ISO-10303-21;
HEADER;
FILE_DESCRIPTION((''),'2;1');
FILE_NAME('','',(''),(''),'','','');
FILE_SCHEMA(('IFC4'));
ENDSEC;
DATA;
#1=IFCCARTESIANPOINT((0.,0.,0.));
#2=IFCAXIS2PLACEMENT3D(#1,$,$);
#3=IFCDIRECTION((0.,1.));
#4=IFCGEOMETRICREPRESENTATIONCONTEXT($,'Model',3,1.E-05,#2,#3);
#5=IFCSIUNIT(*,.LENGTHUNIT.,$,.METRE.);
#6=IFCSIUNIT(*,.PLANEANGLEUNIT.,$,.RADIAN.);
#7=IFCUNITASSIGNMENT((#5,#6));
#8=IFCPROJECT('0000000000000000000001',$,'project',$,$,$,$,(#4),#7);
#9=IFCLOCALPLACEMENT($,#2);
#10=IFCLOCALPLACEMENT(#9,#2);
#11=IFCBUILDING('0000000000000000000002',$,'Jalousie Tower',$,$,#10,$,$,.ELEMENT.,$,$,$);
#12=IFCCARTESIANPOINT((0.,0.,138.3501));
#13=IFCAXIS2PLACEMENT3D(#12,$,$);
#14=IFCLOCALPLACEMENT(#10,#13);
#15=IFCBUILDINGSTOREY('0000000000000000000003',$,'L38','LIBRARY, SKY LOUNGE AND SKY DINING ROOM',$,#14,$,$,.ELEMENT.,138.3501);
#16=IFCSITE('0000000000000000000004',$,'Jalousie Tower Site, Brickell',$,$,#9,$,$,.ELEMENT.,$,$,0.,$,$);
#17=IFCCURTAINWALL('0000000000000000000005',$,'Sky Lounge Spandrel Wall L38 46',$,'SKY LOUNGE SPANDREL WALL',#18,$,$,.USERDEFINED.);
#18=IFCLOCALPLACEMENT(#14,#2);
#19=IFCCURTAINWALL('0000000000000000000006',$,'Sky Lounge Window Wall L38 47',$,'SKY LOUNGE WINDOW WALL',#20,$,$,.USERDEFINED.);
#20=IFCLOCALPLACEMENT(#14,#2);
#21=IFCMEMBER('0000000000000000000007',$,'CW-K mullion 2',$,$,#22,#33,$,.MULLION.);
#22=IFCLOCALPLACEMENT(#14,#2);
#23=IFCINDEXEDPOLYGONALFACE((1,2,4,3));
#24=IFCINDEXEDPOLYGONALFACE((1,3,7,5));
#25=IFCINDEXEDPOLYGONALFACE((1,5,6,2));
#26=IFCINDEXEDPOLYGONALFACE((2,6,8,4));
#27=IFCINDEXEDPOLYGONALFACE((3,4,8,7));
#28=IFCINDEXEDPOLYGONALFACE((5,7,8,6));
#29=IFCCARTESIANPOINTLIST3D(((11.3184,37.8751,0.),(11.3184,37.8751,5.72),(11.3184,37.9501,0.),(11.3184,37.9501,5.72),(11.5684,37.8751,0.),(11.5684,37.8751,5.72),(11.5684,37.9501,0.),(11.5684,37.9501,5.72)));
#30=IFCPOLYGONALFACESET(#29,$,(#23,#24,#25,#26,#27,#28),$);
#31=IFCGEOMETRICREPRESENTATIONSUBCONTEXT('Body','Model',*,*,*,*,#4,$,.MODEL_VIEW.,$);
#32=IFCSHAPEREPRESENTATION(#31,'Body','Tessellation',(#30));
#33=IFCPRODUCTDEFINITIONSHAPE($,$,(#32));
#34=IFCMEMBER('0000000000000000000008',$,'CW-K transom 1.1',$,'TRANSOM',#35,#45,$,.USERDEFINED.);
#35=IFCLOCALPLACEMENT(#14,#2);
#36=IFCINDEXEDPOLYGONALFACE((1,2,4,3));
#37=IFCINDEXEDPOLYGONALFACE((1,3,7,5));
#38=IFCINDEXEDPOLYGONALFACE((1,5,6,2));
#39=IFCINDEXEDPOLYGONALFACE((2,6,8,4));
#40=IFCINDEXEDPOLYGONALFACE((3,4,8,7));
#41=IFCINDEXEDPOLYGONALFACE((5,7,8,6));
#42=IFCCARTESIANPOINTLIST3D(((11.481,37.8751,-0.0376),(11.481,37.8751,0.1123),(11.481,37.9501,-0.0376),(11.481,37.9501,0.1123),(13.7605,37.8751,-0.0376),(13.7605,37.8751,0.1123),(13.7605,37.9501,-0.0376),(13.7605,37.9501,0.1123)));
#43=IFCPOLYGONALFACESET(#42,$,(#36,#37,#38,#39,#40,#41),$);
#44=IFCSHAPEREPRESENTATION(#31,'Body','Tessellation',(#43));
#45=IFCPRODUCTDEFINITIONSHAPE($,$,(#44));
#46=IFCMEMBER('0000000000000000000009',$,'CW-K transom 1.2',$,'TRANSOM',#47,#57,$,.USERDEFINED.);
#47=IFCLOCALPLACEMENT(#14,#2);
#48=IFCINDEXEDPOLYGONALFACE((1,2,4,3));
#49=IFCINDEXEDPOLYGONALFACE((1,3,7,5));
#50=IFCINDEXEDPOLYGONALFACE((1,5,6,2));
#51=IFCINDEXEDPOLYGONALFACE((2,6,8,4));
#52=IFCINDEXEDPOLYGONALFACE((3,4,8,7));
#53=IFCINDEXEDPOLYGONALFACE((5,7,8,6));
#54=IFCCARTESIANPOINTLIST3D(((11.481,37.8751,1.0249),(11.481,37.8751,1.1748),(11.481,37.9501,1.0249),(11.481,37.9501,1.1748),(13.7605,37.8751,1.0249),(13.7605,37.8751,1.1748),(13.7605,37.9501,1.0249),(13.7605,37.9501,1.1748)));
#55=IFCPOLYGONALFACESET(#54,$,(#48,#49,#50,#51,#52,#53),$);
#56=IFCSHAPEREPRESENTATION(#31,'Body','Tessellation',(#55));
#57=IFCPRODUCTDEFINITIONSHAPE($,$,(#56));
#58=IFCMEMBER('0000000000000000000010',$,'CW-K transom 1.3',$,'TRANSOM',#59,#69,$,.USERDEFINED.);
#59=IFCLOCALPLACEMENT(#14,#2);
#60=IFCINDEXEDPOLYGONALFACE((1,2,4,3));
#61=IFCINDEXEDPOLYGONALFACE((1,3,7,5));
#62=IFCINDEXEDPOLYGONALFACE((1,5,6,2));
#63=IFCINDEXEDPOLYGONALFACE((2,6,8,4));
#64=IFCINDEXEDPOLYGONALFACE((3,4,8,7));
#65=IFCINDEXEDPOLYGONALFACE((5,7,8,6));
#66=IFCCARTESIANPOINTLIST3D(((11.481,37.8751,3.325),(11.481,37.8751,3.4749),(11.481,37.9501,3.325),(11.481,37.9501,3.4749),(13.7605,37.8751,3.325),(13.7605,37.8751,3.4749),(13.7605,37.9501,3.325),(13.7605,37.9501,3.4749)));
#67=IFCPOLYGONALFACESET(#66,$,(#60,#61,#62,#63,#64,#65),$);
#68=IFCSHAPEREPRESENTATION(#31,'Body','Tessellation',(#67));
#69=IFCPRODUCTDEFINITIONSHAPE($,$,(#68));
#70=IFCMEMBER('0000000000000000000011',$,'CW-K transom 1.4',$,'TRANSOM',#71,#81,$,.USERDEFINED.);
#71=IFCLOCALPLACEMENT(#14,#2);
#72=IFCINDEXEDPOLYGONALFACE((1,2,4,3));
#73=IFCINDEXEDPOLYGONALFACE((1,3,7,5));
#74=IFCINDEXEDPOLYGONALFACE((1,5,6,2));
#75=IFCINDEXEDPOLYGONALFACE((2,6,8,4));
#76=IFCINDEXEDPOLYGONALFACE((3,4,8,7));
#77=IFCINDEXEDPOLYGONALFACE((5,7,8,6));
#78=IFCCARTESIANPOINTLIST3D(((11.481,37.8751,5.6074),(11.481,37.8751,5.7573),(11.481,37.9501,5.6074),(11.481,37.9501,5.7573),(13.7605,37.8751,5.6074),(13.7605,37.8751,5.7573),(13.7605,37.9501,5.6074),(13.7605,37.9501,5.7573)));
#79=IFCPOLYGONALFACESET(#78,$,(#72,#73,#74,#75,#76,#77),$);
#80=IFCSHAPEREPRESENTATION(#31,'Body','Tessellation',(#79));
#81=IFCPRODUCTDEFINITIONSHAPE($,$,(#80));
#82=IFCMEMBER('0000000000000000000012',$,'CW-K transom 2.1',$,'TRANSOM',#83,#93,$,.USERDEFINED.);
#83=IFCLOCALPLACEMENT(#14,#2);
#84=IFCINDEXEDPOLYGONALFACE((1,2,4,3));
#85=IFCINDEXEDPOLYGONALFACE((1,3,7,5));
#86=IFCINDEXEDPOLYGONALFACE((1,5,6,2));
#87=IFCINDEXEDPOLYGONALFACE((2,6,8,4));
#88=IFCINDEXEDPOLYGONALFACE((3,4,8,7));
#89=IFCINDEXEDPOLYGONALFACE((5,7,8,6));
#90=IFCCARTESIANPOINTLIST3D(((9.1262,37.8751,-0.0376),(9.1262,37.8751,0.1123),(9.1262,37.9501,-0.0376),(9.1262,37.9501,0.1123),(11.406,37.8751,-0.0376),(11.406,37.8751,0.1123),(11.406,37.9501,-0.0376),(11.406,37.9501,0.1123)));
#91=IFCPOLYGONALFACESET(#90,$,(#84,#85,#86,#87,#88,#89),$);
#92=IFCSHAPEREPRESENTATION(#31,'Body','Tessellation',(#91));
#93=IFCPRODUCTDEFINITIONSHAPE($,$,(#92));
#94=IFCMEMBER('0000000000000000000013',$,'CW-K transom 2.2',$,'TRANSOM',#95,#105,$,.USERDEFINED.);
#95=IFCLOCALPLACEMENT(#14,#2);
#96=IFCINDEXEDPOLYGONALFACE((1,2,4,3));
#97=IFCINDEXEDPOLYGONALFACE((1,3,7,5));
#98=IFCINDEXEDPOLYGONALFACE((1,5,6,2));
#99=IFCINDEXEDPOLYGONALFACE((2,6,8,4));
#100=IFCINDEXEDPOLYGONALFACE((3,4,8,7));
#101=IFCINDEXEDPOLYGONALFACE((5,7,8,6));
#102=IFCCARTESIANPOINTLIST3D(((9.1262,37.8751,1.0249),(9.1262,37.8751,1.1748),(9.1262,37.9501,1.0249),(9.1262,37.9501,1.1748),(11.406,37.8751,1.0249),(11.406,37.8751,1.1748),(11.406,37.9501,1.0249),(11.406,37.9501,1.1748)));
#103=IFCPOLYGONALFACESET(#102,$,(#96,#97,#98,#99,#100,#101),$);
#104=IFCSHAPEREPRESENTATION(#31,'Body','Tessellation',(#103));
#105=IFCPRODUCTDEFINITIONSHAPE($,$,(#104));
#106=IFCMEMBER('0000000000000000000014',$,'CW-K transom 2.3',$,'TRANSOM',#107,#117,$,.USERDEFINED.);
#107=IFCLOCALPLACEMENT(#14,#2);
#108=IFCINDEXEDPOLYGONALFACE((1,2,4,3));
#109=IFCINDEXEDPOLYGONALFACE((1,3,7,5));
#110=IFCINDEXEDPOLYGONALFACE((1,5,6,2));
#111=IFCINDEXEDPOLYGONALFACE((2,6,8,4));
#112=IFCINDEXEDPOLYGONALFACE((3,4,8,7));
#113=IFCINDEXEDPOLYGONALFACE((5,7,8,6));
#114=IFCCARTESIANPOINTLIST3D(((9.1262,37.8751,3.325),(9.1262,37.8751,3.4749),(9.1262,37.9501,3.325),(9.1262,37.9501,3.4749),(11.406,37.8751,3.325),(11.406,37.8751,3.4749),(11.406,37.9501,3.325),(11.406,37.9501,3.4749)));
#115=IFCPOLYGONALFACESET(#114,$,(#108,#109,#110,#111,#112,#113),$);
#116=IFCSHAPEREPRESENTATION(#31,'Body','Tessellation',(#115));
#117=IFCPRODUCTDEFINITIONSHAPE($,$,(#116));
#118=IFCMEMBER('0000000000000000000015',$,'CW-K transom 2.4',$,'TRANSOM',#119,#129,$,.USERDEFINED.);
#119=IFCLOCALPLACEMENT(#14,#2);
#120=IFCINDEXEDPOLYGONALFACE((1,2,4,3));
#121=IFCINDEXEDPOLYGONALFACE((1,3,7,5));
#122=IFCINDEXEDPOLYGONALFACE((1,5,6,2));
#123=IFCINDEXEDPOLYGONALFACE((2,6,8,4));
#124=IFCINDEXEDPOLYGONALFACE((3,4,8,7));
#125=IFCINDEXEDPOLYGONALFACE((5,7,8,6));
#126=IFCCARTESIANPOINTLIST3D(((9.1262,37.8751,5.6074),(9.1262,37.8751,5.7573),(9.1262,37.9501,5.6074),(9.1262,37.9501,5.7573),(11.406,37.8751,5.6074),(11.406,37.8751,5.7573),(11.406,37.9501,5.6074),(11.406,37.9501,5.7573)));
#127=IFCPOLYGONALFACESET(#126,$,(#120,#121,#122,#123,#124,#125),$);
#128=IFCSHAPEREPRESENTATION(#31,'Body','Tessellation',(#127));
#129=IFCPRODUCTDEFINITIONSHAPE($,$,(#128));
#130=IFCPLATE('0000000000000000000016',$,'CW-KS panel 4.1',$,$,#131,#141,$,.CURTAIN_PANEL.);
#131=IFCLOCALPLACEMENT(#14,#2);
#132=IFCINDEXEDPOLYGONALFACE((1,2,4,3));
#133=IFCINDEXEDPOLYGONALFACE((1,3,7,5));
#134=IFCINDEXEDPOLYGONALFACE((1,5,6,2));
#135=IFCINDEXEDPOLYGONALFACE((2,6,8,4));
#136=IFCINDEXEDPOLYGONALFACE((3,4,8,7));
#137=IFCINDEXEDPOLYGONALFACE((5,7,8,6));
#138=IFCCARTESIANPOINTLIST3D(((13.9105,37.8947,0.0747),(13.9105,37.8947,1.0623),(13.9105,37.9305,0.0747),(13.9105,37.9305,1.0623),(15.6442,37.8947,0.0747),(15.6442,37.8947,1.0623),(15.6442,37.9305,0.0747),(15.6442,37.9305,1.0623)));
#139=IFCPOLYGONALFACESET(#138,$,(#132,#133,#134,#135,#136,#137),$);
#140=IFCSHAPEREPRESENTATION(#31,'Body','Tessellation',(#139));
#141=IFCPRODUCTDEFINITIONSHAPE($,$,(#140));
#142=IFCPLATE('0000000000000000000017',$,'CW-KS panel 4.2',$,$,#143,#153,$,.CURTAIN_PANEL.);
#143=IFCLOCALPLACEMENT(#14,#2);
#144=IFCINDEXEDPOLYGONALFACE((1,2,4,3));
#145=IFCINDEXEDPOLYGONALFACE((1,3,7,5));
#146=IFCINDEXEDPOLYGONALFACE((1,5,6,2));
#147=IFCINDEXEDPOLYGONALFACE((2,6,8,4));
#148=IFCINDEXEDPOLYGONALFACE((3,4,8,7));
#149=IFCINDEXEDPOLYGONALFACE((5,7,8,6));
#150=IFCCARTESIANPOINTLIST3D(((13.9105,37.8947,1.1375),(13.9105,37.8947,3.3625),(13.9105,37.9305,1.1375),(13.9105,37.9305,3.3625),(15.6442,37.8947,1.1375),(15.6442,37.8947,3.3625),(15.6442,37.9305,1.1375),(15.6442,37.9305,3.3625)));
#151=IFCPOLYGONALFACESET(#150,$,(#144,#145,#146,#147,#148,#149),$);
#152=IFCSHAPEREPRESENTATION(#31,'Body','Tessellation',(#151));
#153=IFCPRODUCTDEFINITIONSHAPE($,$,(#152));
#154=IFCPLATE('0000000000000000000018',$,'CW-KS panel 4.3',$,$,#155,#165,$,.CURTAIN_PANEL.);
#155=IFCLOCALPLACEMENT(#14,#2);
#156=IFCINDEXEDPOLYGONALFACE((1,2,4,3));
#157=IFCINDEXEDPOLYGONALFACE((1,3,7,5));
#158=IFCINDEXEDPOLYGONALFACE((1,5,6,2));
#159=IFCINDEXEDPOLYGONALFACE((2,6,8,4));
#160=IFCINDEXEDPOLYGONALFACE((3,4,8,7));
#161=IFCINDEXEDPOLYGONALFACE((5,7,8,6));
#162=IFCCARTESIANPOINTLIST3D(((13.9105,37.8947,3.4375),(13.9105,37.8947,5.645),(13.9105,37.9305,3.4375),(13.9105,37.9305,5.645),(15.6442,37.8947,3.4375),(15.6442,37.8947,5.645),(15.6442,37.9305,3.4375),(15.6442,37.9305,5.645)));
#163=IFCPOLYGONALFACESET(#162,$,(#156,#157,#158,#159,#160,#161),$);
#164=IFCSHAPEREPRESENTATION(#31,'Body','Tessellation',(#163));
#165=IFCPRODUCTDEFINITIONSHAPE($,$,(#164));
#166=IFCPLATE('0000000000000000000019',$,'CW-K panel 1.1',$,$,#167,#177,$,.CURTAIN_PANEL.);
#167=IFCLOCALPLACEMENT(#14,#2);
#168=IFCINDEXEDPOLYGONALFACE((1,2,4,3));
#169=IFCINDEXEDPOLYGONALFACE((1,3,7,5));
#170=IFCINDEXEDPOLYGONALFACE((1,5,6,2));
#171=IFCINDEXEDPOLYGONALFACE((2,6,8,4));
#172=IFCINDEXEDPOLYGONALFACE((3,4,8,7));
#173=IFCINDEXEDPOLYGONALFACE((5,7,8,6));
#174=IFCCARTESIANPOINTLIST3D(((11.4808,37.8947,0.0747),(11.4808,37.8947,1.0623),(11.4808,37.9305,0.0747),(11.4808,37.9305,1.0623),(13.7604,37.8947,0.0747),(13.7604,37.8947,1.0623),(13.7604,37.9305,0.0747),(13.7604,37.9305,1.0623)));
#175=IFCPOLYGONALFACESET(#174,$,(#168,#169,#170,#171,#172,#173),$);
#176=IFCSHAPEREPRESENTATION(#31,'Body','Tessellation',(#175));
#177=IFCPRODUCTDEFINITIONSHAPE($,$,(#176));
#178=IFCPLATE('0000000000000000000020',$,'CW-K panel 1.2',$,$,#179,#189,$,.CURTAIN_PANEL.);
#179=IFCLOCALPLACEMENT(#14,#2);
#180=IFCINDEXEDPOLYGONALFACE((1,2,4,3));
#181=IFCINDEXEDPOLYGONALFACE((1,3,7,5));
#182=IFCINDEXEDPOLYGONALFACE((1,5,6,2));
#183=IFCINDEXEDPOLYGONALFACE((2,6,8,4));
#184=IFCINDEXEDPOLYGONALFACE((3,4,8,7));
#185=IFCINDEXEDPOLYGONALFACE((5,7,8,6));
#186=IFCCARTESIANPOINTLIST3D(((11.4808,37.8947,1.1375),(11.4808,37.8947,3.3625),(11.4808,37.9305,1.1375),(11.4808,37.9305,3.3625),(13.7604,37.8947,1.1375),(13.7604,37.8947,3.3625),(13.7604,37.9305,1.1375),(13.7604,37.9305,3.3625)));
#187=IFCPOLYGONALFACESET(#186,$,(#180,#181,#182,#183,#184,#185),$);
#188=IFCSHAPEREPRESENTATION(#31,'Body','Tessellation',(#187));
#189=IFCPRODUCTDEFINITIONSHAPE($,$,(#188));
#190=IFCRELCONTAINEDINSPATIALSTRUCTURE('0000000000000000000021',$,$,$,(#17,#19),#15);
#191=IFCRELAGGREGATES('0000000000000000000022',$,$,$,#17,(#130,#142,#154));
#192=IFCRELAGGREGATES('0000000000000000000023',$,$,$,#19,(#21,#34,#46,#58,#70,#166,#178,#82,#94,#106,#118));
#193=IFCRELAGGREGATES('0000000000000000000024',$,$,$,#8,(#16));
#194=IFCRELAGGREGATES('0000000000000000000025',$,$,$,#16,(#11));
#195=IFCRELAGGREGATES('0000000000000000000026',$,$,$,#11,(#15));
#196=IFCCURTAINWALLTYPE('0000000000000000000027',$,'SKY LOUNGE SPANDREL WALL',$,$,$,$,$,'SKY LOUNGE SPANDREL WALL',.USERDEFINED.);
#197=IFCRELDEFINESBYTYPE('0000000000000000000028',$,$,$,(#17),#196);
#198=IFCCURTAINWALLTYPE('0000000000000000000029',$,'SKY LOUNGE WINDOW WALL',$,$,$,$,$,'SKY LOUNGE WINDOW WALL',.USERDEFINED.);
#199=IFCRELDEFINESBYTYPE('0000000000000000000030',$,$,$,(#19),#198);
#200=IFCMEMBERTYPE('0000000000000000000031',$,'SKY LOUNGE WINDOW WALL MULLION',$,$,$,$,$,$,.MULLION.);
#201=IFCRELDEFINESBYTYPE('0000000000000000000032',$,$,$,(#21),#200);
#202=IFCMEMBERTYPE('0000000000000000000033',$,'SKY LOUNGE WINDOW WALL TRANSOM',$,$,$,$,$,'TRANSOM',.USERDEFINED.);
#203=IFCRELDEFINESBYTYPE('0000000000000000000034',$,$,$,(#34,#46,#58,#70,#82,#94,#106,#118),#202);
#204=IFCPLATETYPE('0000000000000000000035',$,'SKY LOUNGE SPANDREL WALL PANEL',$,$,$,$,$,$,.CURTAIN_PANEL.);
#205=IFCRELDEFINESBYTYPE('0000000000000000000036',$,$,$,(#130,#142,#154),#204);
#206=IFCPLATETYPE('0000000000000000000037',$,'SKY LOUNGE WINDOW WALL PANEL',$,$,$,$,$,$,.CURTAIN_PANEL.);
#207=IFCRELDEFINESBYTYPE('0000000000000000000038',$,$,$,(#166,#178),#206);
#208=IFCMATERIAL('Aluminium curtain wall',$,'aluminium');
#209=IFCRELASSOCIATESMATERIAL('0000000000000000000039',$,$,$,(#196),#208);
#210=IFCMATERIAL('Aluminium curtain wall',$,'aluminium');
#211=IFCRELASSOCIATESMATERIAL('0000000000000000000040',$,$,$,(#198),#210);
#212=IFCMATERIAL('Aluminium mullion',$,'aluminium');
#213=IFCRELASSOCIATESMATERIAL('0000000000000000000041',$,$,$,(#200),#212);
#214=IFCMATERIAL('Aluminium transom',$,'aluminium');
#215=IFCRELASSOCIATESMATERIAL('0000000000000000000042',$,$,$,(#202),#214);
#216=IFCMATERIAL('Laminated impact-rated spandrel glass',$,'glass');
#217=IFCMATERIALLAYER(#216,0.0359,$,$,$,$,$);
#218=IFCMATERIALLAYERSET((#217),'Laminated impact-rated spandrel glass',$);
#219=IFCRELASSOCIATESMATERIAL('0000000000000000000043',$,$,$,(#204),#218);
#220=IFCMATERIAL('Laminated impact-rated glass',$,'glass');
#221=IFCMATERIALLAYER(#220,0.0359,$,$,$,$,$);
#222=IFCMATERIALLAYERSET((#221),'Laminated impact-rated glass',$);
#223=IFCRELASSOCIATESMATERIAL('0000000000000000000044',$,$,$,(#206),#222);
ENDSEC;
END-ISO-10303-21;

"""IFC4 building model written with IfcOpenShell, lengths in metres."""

from ifc_helpers import new_model, si_unit, direction, frame, origin, origin_2d, place, context, subcontext, project, spatial, rectangle, extrude, material, layer, layer_set, material_profile, profile_set, type_object, element, aggregate, save


model = new_model("IFC4")

# Units and contexts
model_context = context("Model", 3, precision=1e-05, world=origin(), true_north=direction((0.0, 1.0)))
body_context = subcontext(model_context, "Body", "Model", "MODEL_VIEW")
ifc_project = project(units=[si_unit("LENGTHUNIT", "METRE"), si_unit("PLANEANGLEUNIT", "RADIAN")], contexts=[model_context])

# Site, building, storey
site_placement = place(None, origin())
site = spatial("IfcSite", under=ifc_project, at=site_placement, Name="Jalousie Tower Site, Brickell", CompositionType="ELEMENT", RefElevation=0.0)
building_placement = place(site_placement, origin())
building = spatial("IfcBuilding", under=site, at=building_placement, Name="Jalousie Tower", CompositionType="ELEMENT")
storey_placement = place(building_placement, frame((0.0, 0.0, 138.3501)))
storey = spatial("IfcBuildingStorey", under=building, at=storey_placement, Name="L38", Description="LIBRARY, SKY LOUNGE AND SKY DINING ROOM", CompositionType="ELEMENT", Elevation=138.3501)

# Curtain walls, members
ifc_material_1 = material(Name="Aluminium curtain wall", Category="aluminium")
curtain_wall_type_1 = type_object("IfcCurtainWallType", Name="SKY LOUNGE SPANDREL WALL", ElementType="SKY LOUNGE SPANDREL WALL", PredefinedType="USERDEFINED", material=ifc_material_1)
curtain_wall_1_placement = place(storey_placement, origin())
curtain_wall_1 = element("IfcCurtainWall", 1, at=curtain_wall_1_placement, inside=storey, type_object=curtain_wall_type_1, Name="Sky Lounge Spandrel Wall L38 46", ObjectType="SKY LOUNGE SPANDREL WALL", PredefinedType="USERDEFINED")
ifc_material_2 = material(Name="Aluminium curtain wall", Category="aluminium")
curtain_wall_type_2 = type_object("IfcCurtainWallType", Name="SKY LOUNGE WINDOW WALL", ElementType="SKY LOUNGE WINDOW WALL", PredefinedType="USERDEFINED", material=ifc_material_2)
curtain_wall_2_placement = place(storey_placement, origin())
curtain_wall_2 = element("IfcCurtainWall", 2, at=curtain_wall_2_placement, inside=storey, type_object=curtain_wall_type_2, Name="Sky Lounge Window Wall L38 47", ObjectType="SKY LOUNGE WINDOW WALL", PredefinedType="USERDEFINED")
ifc_material_3 = material(Name="Aluminium mullion", Category="aluminium")
ifc_material_profile_1 = material_profile(ifc_material_3, rectangle(XDim=0.075, YDim=0.25, at=origin_2d()), Name="MULLION 75x250")
ifc_profile_set_1 = profile_set([ifc_material_profile_1], Name="Aluminium mullion")
member_type_1 = type_object("IfcMemberType", Name="SKY LOUNGE WINDOW WALL MULLION", PredefinedType="MULLION", material=ifc_profile_set_1)
member_1_placement = place(storey_placement, frame((11.4434, 37.9126, 0.0), z_axis=(0.0, 0.0, 1.0), x_axis=(0.0, -1.0, 0.0)))
member_1 = element("IfcMember", 3, at=member_1_placement, type_object=member_type_1, Name="CW-K mullion 2", PredefinedType="MULLION", context=body_context, shape_type="SweptSolid", body=[
    extrude(rectangle(XDim=0.075, YDim=0.25, at=origin_2d()), origin(), (0.0, 0.0, 1.0), 5.72),
])
ifc_material_4 = material(Name="Aluminium transom", Category="aluminium")
ifc_material_profile_2 = material_profile(ifc_material_4, rectangle(XDim=0.075, YDim=0.1499, at=origin_2d()), Name="TRANSOM 75x150")
ifc_profile_set_2 = profile_set([ifc_material_profile_2], Name="Aluminium transom")
member_type_2 = type_object("IfcMemberType", Name="SKY LOUNGE WINDOW WALL TRANSOM", ElementType="TRANSOM", PredefinedType="USERDEFINED", material=ifc_profile_set_2)
member_2_placement = place(storey_placement, frame((13.7605, 37.9126, 0.0374), z_axis=(-1.0, 0.0, 0.0), x_axis=(0.0, -1.0, 0.0)))
member_2 = element("IfcMember", 4, at=member_2_placement, type_object=member_type_2, Name="CW-K transom 1.1", ObjectType="TRANSOM", PredefinedType="USERDEFINED", context=body_context, shape_type="SweptSolid", body=[
    extrude(rectangle(XDim=0.075, YDim=0.1499, at=origin_2d()), origin(), (0.0, 0.0, 1.0), 2.2795),
])
member_3_placement = place(storey_placement, frame((13.7605, 37.9126, 1.0999), z_axis=(-1.0, 0.0, 0.0), x_axis=(0.0, -1.0, 0.0)))
member_3 = element("IfcMember", 5, at=member_3_placement, type_object=member_type_2, Name="CW-K transom 1.2", ObjectType="TRANSOM", PredefinedType="USERDEFINED", context=body_context, shape_type="SweptSolid", body=[
    extrude(rectangle(XDim=0.075, YDim=0.1499, at=origin_2d()), origin(), (0.0, 0.0, 1.0), 2.2795),
])
member_4_placement = place(storey_placement, frame((13.7605, 37.9126, 3.3999), z_axis=(-1.0, 0.0, 0.0), x_axis=(0.0, -1.0, 0.0)))
member_4 = element("IfcMember", 6, at=member_4_placement, type_object=member_type_2, Name="CW-K transom 1.3", ObjectType="TRANSOM", PredefinedType="USERDEFINED", context=body_context, shape_type="SweptSolid", body=[
    extrude(rectangle(XDim=0.075, YDim=0.1499, at=origin_2d()), origin(), (0.0, 0.0, 1.0), 2.2795),
])
member_5_placement = place(storey_placement, frame((13.7605, 37.9126, 5.6824), z_axis=(-1.0, 0.0, 0.0), x_axis=(0.0, -1.0, 0.0)))
member_5 = element("IfcMember", 7, at=member_5_placement, type_object=member_type_2, Name="CW-K transom 1.4", ObjectType="TRANSOM", PredefinedType="USERDEFINED", context=body_context, shape_type="SweptSolid", body=[
    extrude(rectangle(XDim=0.075, YDim=0.1499, at=origin_2d()), origin(), (0.0, 0.0, 1.0), 2.2795),
])
member_6_placement = place(storey_placement, frame((11.406, 37.9126, 0.0374), z_axis=(-1.0, 0.0, 0.0), x_axis=(0.0, -1.0, 0.0)))
member_6 = element("IfcMember", 8, at=member_6_placement, type_object=member_type_2, Name="CW-K transom 2.1", ObjectType="TRANSOM", PredefinedType="USERDEFINED", context=body_context, shape_type="SweptSolid", body=[
    extrude(rectangle(XDim=0.075, YDim=0.1499, at=origin_2d()), origin(), (0.0, 0.0, 1.0), 2.2798),
])
member_7_placement = place(storey_placement, frame((11.406, 37.9126, 1.0999), z_axis=(-1.0, 0.0, 0.0), x_axis=(0.0, -1.0, 0.0)))
member_7 = element("IfcMember", 9, at=member_7_placement, type_object=member_type_2, Name="CW-K transom 2.2", ObjectType="TRANSOM", PredefinedType="USERDEFINED", context=body_context, shape_type="SweptSolid", body=[
    extrude(rectangle(XDim=0.075, YDim=0.1499, at=origin_2d()), origin(), (0.0, 0.0, 1.0), 2.2798),
])
member_8_placement = place(storey_placement, frame((11.406, 37.9126, 3.3999), z_axis=(-1.0, 0.0, 0.0), x_axis=(0.0, -1.0, 0.0)))
member_8 = element("IfcMember", 10, at=member_8_placement, type_object=member_type_2, Name="CW-K transom 2.3", ObjectType="TRANSOM", PredefinedType="USERDEFINED", context=body_context, shape_type="SweptSolid", body=[
    extrude(rectangle(XDim=0.075, YDim=0.1499, at=origin_2d()), origin(), (0.0, 0.0, 1.0), 2.2798),
])
member_9_placement = place(storey_placement, frame((11.406, 37.9126, 5.6824), z_axis=(-1.0, 0.0, 0.0), x_axis=(0.0, -1.0, 0.0)))
member_9 = element("IfcMember", 11, at=member_9_placement, type_object=member_type_2, Name="CW-K transom 2.4", ObjectType="TRANSOM", PredefinedType="USERDEFINED", context=body_context, shape_type="SweptSolid", body=[
    extrude(rectangle(XDim=0.075, YDim=0.1499, at=origin_2d()), origin(), (0.0, 0.0, 1.0), 2.2798),
])

# Plates
ifc_material_5 = material(Name="Laminated impact-rated spandrel glass", Category="glass")
ifc_layer_1 = layer(ifc_material_5, 0.0359)
ifc_layer_set_1 = layer_set([ifc_layer_1], Name="Laminated impact-rated spandrel glass")
plate_type_1 = type_object("IfcPlateType", Name="SKY LOUNGE SPANDREL WALL PANEL", PredefinedType="CURTAIN_PANEL", material=ifc_layer_set_1)
plate_1_placement = place(storey_placement, frame((14.7773, 37.9126, 0.0747), z_axis=(0.0, 0.0, 1.0), x_axis=(-1.0, 0.0, 0.0)))
plate_1 = element("IfcPlate", 12, at=plate_1_placement, type_object=plate_type_1, Name="CW-KS panel 4.1", PredefinedType="CURTAIN_PANEL", context=body_context, shape_type="SweptSolid", body=[
    extrude(rectangle(XDim=1.7336, YDim=0.0359, at=origin_2d()), origin(), (0.0, 0.0, 1.0), 0.9875),
])
plate_2_placement = place(storey_placement, frame((14.7773, 37.9126, 1.1375), z_axis=(0.0, 0.0, 1.0), x_axis=(-1.0, 0.0, 0.0)))
plate_2 = element("IfcPlate", 13, at=plate_2_placement, type_object=plate_type_1, Name="CW-KS panel 4.2", PredefinedType="CURTAIN_PANEL", context=body_context, shape_type="SweptSolid", body=[
    extrude(rectangle(XDim=1.7336, YDim=0.0359, at=origin_2d()), origin(), (0.0, 0.0, 1.0), 2.2251),
])
plate_3_placement = place(storey_placement, frame((14.7773, 37.9126, 3.4375), z_axis=(0.0, 0.0, 1.0), x_axis=(-1.0, 0.0, 0.0)))
plate_3 = element("IfcPlate", 14, at=plate_3_placement, type_object=plate_type_1, Name="CW-KS panel 4.3", PredefinedType="CURTAIN_PANEL", context=body_context, shape_type="SweptSolid", body=[
    extrude(rectangle(XDim=1.7336, YDim=0.0359, at=origin_2d()), origin(), (0.0, 0.0, 1.0), 2.2075),
])
aggregate(curtain_wall_1, [plate_1, plate_2, plate_3])
ifc_material_6 = material(Name="Laminated impact-rated glass", Category="glass")
ifc_layer_2 = layer(ifc_material_6, 0.0359)
ifc_layer_set_2 = layer_set([ifc_layer_2], Name="Laminated impact-rated glass")
plate_type_2 = type_object("IfcPlateType", Name="SKY LOUNGE WINDOW WALL PANEL", PredefinedType="CURTAIN_PANEL", material=ifc_layer_set_2)
plate_4_placement = place(storey_placement, frame((12.6206, 37.9126, 0.0747), z_axis=(0.0, 0.0, 1.0), x_axis=(-1.0, 0.0, 0.0)))
plate_4 = element("IfcPlate", 15, at=plate_4_placement, type_object=plate_type_2, Name="CW-K panel 1.1", PredefinedType="CURTAIN_PANEL", context=body_context, shape_type="SweptSolid", body=[
    extrude(rectangle(XDim=2.2795, YDim=0.0359, at=origin_2d()), origin(), (0.0, 0.0, 1.0), 0.9875),
])
plate_5_placement = place(storey_placement, frame((12.6206, 37.9126, 1.1375), z_axis=(0.0, 0.0, 1.0), x_axis=(-1.0, 0.0, 0.0)))
plate_5 = element("IfcPlate", 16, at=plate_5_placement, type_object=plate_type_2, Name="CW-K panel 1.2", PredefinedType="CURTAIN_PANEL", context=body_context, shape_type="SweptSolid", body=[
    extrude(rectangle(XDim=2.2795, YDim=0.0359, at=origin_2d()), origin(), (0.0, 0.0, 1.0), 2.2251),
])
aggregate(curtain_wall_2, [member_1, member_2, member_3, member_4, member_5, plate_4, plate_5, member_6, member_7, member_8, member_9])

save(model, "model.ifc")
